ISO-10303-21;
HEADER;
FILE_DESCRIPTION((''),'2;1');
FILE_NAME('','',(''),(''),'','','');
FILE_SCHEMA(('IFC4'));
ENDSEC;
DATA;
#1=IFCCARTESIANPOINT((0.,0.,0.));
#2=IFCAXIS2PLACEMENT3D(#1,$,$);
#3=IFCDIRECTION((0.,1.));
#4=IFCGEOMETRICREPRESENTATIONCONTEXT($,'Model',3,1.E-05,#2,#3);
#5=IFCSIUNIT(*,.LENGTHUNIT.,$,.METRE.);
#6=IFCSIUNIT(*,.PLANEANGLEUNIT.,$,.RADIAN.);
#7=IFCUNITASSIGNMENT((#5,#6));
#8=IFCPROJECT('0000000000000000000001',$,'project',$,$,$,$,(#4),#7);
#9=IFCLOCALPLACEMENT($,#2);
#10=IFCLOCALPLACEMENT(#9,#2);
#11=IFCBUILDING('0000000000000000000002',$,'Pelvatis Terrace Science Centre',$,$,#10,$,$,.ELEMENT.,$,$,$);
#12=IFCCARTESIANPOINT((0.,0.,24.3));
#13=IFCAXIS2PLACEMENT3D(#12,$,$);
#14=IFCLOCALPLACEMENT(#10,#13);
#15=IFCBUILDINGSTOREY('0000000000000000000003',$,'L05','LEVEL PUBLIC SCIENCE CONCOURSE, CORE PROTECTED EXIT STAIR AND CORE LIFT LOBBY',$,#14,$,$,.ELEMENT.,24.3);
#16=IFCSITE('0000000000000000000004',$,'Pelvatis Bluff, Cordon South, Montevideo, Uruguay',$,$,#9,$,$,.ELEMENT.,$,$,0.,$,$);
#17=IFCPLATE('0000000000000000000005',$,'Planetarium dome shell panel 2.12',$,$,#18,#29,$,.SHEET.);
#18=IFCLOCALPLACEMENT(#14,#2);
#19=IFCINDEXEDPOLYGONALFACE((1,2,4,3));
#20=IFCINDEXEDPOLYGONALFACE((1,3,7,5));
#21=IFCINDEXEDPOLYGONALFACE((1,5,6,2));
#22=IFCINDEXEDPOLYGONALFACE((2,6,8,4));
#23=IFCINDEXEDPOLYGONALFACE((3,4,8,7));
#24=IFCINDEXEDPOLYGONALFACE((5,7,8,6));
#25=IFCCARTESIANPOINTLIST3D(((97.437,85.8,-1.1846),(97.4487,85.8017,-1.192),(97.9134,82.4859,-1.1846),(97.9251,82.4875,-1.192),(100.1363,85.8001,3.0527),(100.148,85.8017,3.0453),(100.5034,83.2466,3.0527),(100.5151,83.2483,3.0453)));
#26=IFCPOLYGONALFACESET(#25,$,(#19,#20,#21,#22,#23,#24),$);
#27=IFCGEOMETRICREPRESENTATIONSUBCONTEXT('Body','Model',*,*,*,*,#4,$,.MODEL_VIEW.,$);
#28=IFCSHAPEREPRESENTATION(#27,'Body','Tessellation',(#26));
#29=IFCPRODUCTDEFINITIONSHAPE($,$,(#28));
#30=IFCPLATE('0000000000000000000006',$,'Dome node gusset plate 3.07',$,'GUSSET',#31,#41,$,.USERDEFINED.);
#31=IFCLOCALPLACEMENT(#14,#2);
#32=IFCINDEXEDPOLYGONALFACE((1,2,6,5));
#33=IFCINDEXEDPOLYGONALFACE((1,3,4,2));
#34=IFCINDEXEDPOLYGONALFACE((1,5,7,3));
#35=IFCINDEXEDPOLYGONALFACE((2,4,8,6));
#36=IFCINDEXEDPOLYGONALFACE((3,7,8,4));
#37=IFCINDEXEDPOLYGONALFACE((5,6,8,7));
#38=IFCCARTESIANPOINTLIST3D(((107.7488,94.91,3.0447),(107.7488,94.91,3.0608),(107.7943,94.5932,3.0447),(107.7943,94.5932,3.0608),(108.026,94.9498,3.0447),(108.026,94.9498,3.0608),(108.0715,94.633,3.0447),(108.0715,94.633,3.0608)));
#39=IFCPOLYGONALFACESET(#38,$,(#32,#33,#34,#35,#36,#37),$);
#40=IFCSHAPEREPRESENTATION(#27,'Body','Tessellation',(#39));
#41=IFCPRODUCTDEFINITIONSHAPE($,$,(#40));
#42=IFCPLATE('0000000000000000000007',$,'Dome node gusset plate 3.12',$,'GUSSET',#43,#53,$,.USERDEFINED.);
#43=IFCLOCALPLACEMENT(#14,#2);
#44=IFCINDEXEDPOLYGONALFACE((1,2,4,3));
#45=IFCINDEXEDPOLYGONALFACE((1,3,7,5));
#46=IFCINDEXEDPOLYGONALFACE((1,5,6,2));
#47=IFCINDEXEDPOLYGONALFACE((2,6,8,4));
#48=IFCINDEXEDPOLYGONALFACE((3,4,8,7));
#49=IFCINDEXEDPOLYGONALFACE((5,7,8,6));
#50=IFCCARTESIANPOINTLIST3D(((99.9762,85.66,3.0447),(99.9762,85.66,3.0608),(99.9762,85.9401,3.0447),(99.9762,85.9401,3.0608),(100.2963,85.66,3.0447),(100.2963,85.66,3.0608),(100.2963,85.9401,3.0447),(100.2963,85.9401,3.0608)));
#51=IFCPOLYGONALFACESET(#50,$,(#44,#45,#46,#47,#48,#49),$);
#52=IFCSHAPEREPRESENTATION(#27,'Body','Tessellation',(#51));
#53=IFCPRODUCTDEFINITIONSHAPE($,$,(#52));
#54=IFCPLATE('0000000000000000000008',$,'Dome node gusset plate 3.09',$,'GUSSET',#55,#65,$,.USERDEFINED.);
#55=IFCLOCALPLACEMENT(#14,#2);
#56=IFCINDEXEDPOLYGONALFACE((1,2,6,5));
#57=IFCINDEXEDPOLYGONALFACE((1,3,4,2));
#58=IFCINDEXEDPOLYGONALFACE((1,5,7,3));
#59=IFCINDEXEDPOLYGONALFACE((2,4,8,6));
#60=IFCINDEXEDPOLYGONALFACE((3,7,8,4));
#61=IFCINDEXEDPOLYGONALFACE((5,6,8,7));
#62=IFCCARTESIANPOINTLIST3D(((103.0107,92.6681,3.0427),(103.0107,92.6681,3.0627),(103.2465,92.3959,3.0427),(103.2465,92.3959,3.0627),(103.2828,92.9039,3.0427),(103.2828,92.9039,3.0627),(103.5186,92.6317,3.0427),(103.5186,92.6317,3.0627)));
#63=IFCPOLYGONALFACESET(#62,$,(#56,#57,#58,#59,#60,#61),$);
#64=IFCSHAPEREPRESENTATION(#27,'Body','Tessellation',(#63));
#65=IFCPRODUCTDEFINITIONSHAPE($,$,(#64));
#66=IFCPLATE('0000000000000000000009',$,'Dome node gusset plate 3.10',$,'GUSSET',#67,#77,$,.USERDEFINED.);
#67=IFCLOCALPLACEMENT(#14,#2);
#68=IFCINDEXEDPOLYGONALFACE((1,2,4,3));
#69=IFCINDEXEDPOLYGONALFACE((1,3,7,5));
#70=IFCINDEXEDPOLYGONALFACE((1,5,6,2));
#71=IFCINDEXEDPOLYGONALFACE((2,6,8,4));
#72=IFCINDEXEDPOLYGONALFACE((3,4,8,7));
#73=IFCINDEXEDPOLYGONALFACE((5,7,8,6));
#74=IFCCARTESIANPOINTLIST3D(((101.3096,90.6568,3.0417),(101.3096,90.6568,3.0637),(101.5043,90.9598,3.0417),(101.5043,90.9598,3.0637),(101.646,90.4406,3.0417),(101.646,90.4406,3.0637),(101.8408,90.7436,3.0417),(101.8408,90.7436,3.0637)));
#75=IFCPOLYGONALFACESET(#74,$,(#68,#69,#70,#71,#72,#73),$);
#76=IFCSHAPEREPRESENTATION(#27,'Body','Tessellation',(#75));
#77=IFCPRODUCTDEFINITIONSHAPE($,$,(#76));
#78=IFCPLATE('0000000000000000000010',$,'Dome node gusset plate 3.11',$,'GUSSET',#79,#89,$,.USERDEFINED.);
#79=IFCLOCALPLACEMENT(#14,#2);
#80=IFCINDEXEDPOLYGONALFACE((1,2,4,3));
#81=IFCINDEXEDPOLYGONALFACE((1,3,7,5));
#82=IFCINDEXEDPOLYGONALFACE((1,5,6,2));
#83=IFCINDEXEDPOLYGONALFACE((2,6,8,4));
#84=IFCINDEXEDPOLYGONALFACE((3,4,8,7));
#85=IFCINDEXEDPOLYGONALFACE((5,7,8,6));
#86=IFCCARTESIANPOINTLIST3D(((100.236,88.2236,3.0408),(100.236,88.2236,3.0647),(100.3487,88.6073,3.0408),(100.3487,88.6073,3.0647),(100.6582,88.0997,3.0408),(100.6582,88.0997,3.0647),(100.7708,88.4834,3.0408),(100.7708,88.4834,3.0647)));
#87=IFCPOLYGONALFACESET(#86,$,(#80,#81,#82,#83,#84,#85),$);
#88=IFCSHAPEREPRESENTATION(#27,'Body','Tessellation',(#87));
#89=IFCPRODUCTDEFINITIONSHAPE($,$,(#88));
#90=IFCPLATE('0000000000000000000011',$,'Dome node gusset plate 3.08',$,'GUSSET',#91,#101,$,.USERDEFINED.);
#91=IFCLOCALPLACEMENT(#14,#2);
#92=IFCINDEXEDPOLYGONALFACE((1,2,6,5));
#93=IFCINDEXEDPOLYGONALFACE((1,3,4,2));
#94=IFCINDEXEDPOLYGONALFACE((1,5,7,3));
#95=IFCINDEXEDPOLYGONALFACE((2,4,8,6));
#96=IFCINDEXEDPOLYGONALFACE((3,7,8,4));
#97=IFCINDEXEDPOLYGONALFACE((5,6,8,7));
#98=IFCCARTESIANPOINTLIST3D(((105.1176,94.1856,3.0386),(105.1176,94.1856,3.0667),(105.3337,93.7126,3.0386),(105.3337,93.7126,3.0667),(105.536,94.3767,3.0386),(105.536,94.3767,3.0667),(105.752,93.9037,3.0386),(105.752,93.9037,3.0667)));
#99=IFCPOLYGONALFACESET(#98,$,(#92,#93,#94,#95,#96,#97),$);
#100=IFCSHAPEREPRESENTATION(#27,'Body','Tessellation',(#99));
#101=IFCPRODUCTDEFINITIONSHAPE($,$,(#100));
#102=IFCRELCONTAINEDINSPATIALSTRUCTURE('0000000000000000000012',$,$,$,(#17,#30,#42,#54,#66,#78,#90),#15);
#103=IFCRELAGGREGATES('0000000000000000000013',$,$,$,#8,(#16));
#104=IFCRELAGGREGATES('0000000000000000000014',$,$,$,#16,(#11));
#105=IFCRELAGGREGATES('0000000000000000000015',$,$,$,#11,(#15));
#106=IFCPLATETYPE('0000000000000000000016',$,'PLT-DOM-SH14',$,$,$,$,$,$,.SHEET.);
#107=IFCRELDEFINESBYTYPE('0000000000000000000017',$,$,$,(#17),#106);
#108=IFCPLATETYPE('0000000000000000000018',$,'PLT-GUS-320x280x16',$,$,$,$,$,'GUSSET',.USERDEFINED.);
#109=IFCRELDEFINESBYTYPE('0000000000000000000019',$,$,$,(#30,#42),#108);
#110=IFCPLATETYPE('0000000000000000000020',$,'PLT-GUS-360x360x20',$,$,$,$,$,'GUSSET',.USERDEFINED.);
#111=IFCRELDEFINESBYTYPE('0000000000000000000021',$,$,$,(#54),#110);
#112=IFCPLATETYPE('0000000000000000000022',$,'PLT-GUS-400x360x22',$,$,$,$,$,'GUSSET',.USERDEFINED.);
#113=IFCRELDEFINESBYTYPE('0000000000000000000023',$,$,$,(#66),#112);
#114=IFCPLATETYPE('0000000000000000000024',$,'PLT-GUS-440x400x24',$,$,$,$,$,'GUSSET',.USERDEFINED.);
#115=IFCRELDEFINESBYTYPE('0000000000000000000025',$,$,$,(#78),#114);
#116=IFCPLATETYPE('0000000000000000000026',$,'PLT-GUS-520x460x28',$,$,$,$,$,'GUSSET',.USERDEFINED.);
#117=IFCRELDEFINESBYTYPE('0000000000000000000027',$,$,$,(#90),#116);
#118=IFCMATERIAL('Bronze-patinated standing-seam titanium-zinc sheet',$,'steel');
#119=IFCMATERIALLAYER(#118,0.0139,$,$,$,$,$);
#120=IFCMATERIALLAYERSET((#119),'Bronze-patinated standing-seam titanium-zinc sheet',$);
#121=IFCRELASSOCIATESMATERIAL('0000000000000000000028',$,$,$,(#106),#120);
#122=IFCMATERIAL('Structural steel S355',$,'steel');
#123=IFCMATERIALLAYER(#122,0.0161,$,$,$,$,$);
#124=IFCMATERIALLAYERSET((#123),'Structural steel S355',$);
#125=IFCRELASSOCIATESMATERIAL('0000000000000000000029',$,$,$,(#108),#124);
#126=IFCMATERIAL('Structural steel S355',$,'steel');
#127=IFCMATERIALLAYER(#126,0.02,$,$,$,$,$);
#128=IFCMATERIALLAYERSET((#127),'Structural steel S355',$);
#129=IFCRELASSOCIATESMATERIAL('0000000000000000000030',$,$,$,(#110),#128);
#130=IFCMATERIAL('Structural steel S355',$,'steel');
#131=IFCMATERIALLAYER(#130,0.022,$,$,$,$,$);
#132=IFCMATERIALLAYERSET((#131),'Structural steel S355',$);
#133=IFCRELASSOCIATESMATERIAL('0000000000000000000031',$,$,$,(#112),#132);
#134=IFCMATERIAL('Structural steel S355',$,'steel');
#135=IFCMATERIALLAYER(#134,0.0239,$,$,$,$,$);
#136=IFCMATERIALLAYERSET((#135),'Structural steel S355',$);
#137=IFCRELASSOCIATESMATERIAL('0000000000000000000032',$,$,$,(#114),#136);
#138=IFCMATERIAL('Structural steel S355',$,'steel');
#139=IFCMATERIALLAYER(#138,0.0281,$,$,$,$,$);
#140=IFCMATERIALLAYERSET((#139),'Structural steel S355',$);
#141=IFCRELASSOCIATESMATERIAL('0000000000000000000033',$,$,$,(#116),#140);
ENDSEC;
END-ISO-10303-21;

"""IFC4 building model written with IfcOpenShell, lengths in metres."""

from ifc_helpers import new_model, si_unit, direction, frame, origin, origin_2d, place, context, subcontext, project, spatial, polyline, rectangle, outline, extrude, material, layer, layer_set, type_object, element, save


model = new_model("IFC4")

# Units and contexts
model_context = context("Model", 3, precision=1e-05, world=origin(), true_north=direction((0.0, 1.0)))
body_context = subcontext(model_context, "Body", "Model", "MODEL_VIEW")
ifc_project = project(units=[si_unit("LENGTHUNIT", "METRE"), si_unit("PLANEANGLEUNIT", "RADIAN")], contexts=[model_context])

# Site, building, storey
site_placement = place(None, origin())
site = spatial("IfcSite", under=ifc_project, at=site_placement, Name="Pelvatis Bluff, Cordon South, Montevideo, Uruguay", CompositionType="ELEMENT", RefElevation=0.0)
building_placement = place(site_placement, origin())
building = spatial("IfcBuilding", under=site, at=building_placement, Name="Pelvatis Terrace Science Centre", CompositionType="ELEMENT")
storey_placement = place(building_placement, frame((0.0, 0.0, 24.3)))
storey = spatial("IfcBuildingStorey", under=building, at=storey_placement, Name="L05", Description="LEVEL PUBLIC SCIENCE CONCOURSE, CORE PROTECTED EXIT STAIR AND CORE LIFT LOBBY", CompositionType="ELEMENT", Elevation=24.3)

# Plates
ifc_material_1 = material(Name="Bronze-patinated standing-seam titanium-zinc sheet", Category="steel")
ifc_layer_1 = layer(ifc_material_1, 0.0139)
ifc_layer_set_1 = layer_set([ifc_layer_1], Name="Bronze-patinated standing-seam titanium-zinc sheet")
plate_type_1 = type_object("IfcPlateType", Name="PLT-DOM-SH14", PredefinedType="SHEET", material=ifc_layer_set_1)
plate_1_placement = place(storey_placement, frame((97.437, 85.8, -1.1846), z_axis=(-0.837271, -0.120362, 0.533376), x_axis=(0.142282, -0.989826, -0.000015)))
element("IfcPlate", 1, at=plate_1_placement, inside=storey, type_object=plate_type_1, Name="Planetarium dome shell panel 2.12", PredefinedType="SHEET", context=body_context, shape_type="SweptSolid", body=[
    extrude(outline(polyline([(0.0, 0.0), (3.3483, 0.0), (2.9637, 5.0094), (0.384, 5.0093), (0.0, 0.0)])), origin(), (0.0, 0.0, -1.0), 0.0139),
])
ifc_material_2 = material(Name="Structural steel S355", Category="steel")
ifc_layer_2 = layer(ifc_material_2, 0.0161)
ifc_layer_set_2 = layer_set([ifc_layer_2], Name="Structural steel S355")
plate_type_2 = type_object("IfcPlateType", Name="PLT-GUS-320x280x16", ElementType="GUSSET", PredefinedType="USERDEFINED", material=ifc_layer_set_2)
for number, where, z_axis, x_axis, name in (
    (2, (107.9102, 94.7715, 3.0447), (0.0, 0.0, 1.0), (-0.142283, 0.989826, 0.0), "Dome node gusset plate 3.07"),
    (3, (100.1362, 85.8, 3.0447), (0.0, 0.0, 1.0), (-1.0, 0.0, 0.0), "Dome node gusset plate 3.12"),
):
    element("IfcPlate", number, at=place(storey_placement, frame(where, z_axis=z_axis, x_axis=x_axis)), inside=storey, type_object=plate_type_2, Name=name, ObjectType="GUSSET", PredefinedType="USERDEFINED", context=body_context, shape_type="SweptSolid", body=[
        extrude(rectangle(XDim=0.3201, YDim=0.28, at=origin_2d()), origin(), (0.0, 0.0, 1.0), 0.0161),
    ])
ifc_material_3 = material(Name="Structural steel S355", Category="steel")
ifc_layer_3 = layer(ifc_material_3, 0.02)
ifc_layer_set_3 = layer_set([ifc_layer_3], Name="Structural steel S355")
plate_type_3 = type_object("IfcPlateType", Name="PLT-GUS-360x360x20", ElementType="GUSSET", PredefinedType="USERDEFINED", material=ifc_layer_set_3)
plate_2_placement = place(storey_placement, frame((103.2646, 92.6499, 3.0427), z_axis=(0.0, 0.0, 1.0), x_axis=(-0.654873, 0.755739, 0.0)))
element("IfcPlate", 4, at=plate_2_placement, inside=storey, type_object=plate_type_3, Name="Dome node gusset plate 3.09", ObjectType="GUSSET", PredefinedType="USERDEFINED", context=body_context, shape_type="SweptSolid", body=[
    extrude(rectangle(XDim=0.3601, YDim=0.3601, at=origin_2d()), origin(), (0.0, 0.0, 1.0), 0.02),
])
ifc_material_4 = material(Name="Structural steel S355", Category="steel")
ifc_layer_4 = layer(ifc_material_4, 0.022)
ifc_layer_set_4 = layer_set([ifc_layer_4], Name="Structural steel S355")
plate_type_4 = type_object("IfcPlateType", Name="PLT-GUS-400x360x22", ElementType="GUSSET", PredefinedType="USERDEFINED", material=ifc_layer_set_4)
plate_3_placement = place(storey_placement, frame((101.5752, 90.7002, 3.0417), z_axis=(0.0, 0.0, 1.0), x_axis=(-0.841228, 0.540681, 0.0)))
element("IfcPlate", 5, at=plate_3_placement, inside=storey, type_object=plate_type_4, Name="Dome node gusset plate 3.10", ObjectType="GUSSET", PredefinedType="USERDEFINED", context=body_context, shape_type="SweptSolid", body=[
    extrude(rectangle(XDim=0.3999, YDim=0.3601, at=origin_2d()), origin(), (0.0, 0.0, 1.0), 0.022),
])
ifc_material_5 = material(Name="Structural steel S355", Category="steel")
ifc_layer_5 = layer(ifc_material_5, 0.0239)
ifc_layer_set_5 = layer_set([ifc_layer_5], Name="Structural steel S355")
plate_type_5 = type_object("IfcPlateType", Name="PLT-GUS-440x400x24", ElementType="GUSSET", PredefinedType="USERDEFINED", material=ifc_layer_set_5)
plate_4_placement = place(storey_placement, frame((100.5034, 88.3535, 3.0408), z_axis=(0.0, 0.0, 1.0), x_axis=(-0.959511, 0.281672, 0.0)))
element("IfcPlate", 6, at=plate_4_placement, inside=storey, type_object=plate_type_5, Name="Dome node gusset plate 3.11", ObjectType="GUSSET", PredefinedType="USERDEFINED", context=body_context, shape_type="SweptSolid", body=[
    extrude(rectangle(XDim=0.4399, YDim=0.3999, at=origin_2d()), origin(), (0.0, 0.0, 1.0), 0.0239),
])
ifc_material_6 = material(Name="Structural steel S355", Category="steel")
ifc_layer_6 = layer(ifc_material_6, 0.0281)
ifc_layer_set_6 = layer_set([ifc_layer_6], Name="Structural steel S355")
plate_type_6 = type_object("IfcPlateType", Name="PLT-GUS-520x460x28", ElementType="GUSSET", PredefinedType="USERDEFINED", material=ifc_layer_set_6)
plate_5_placement = place(storey_placement, frame((105.4348, 94.0447, 3.0386), z_axis=(0.0, 0.0, 1.0), x_axis=(-0.415487, 0.909599, 0.0)))
element("IfcPlate", 7, at=plate_5_placement, inside=storey, type_object=plate_type_6, Name="Dome node gusset plate 3.08", ObjectType="GUSSET", PredefinedType="USERDEFINED", context=body_context, shape_type="SweptSolid", body=[
    extrude(rectangle(XDim=0.52, YDim=0.46, at=origin_2d()), origin(), (0.0, 0.0, 1.0), 0.0281),
])

save(model, "model.ifc")
